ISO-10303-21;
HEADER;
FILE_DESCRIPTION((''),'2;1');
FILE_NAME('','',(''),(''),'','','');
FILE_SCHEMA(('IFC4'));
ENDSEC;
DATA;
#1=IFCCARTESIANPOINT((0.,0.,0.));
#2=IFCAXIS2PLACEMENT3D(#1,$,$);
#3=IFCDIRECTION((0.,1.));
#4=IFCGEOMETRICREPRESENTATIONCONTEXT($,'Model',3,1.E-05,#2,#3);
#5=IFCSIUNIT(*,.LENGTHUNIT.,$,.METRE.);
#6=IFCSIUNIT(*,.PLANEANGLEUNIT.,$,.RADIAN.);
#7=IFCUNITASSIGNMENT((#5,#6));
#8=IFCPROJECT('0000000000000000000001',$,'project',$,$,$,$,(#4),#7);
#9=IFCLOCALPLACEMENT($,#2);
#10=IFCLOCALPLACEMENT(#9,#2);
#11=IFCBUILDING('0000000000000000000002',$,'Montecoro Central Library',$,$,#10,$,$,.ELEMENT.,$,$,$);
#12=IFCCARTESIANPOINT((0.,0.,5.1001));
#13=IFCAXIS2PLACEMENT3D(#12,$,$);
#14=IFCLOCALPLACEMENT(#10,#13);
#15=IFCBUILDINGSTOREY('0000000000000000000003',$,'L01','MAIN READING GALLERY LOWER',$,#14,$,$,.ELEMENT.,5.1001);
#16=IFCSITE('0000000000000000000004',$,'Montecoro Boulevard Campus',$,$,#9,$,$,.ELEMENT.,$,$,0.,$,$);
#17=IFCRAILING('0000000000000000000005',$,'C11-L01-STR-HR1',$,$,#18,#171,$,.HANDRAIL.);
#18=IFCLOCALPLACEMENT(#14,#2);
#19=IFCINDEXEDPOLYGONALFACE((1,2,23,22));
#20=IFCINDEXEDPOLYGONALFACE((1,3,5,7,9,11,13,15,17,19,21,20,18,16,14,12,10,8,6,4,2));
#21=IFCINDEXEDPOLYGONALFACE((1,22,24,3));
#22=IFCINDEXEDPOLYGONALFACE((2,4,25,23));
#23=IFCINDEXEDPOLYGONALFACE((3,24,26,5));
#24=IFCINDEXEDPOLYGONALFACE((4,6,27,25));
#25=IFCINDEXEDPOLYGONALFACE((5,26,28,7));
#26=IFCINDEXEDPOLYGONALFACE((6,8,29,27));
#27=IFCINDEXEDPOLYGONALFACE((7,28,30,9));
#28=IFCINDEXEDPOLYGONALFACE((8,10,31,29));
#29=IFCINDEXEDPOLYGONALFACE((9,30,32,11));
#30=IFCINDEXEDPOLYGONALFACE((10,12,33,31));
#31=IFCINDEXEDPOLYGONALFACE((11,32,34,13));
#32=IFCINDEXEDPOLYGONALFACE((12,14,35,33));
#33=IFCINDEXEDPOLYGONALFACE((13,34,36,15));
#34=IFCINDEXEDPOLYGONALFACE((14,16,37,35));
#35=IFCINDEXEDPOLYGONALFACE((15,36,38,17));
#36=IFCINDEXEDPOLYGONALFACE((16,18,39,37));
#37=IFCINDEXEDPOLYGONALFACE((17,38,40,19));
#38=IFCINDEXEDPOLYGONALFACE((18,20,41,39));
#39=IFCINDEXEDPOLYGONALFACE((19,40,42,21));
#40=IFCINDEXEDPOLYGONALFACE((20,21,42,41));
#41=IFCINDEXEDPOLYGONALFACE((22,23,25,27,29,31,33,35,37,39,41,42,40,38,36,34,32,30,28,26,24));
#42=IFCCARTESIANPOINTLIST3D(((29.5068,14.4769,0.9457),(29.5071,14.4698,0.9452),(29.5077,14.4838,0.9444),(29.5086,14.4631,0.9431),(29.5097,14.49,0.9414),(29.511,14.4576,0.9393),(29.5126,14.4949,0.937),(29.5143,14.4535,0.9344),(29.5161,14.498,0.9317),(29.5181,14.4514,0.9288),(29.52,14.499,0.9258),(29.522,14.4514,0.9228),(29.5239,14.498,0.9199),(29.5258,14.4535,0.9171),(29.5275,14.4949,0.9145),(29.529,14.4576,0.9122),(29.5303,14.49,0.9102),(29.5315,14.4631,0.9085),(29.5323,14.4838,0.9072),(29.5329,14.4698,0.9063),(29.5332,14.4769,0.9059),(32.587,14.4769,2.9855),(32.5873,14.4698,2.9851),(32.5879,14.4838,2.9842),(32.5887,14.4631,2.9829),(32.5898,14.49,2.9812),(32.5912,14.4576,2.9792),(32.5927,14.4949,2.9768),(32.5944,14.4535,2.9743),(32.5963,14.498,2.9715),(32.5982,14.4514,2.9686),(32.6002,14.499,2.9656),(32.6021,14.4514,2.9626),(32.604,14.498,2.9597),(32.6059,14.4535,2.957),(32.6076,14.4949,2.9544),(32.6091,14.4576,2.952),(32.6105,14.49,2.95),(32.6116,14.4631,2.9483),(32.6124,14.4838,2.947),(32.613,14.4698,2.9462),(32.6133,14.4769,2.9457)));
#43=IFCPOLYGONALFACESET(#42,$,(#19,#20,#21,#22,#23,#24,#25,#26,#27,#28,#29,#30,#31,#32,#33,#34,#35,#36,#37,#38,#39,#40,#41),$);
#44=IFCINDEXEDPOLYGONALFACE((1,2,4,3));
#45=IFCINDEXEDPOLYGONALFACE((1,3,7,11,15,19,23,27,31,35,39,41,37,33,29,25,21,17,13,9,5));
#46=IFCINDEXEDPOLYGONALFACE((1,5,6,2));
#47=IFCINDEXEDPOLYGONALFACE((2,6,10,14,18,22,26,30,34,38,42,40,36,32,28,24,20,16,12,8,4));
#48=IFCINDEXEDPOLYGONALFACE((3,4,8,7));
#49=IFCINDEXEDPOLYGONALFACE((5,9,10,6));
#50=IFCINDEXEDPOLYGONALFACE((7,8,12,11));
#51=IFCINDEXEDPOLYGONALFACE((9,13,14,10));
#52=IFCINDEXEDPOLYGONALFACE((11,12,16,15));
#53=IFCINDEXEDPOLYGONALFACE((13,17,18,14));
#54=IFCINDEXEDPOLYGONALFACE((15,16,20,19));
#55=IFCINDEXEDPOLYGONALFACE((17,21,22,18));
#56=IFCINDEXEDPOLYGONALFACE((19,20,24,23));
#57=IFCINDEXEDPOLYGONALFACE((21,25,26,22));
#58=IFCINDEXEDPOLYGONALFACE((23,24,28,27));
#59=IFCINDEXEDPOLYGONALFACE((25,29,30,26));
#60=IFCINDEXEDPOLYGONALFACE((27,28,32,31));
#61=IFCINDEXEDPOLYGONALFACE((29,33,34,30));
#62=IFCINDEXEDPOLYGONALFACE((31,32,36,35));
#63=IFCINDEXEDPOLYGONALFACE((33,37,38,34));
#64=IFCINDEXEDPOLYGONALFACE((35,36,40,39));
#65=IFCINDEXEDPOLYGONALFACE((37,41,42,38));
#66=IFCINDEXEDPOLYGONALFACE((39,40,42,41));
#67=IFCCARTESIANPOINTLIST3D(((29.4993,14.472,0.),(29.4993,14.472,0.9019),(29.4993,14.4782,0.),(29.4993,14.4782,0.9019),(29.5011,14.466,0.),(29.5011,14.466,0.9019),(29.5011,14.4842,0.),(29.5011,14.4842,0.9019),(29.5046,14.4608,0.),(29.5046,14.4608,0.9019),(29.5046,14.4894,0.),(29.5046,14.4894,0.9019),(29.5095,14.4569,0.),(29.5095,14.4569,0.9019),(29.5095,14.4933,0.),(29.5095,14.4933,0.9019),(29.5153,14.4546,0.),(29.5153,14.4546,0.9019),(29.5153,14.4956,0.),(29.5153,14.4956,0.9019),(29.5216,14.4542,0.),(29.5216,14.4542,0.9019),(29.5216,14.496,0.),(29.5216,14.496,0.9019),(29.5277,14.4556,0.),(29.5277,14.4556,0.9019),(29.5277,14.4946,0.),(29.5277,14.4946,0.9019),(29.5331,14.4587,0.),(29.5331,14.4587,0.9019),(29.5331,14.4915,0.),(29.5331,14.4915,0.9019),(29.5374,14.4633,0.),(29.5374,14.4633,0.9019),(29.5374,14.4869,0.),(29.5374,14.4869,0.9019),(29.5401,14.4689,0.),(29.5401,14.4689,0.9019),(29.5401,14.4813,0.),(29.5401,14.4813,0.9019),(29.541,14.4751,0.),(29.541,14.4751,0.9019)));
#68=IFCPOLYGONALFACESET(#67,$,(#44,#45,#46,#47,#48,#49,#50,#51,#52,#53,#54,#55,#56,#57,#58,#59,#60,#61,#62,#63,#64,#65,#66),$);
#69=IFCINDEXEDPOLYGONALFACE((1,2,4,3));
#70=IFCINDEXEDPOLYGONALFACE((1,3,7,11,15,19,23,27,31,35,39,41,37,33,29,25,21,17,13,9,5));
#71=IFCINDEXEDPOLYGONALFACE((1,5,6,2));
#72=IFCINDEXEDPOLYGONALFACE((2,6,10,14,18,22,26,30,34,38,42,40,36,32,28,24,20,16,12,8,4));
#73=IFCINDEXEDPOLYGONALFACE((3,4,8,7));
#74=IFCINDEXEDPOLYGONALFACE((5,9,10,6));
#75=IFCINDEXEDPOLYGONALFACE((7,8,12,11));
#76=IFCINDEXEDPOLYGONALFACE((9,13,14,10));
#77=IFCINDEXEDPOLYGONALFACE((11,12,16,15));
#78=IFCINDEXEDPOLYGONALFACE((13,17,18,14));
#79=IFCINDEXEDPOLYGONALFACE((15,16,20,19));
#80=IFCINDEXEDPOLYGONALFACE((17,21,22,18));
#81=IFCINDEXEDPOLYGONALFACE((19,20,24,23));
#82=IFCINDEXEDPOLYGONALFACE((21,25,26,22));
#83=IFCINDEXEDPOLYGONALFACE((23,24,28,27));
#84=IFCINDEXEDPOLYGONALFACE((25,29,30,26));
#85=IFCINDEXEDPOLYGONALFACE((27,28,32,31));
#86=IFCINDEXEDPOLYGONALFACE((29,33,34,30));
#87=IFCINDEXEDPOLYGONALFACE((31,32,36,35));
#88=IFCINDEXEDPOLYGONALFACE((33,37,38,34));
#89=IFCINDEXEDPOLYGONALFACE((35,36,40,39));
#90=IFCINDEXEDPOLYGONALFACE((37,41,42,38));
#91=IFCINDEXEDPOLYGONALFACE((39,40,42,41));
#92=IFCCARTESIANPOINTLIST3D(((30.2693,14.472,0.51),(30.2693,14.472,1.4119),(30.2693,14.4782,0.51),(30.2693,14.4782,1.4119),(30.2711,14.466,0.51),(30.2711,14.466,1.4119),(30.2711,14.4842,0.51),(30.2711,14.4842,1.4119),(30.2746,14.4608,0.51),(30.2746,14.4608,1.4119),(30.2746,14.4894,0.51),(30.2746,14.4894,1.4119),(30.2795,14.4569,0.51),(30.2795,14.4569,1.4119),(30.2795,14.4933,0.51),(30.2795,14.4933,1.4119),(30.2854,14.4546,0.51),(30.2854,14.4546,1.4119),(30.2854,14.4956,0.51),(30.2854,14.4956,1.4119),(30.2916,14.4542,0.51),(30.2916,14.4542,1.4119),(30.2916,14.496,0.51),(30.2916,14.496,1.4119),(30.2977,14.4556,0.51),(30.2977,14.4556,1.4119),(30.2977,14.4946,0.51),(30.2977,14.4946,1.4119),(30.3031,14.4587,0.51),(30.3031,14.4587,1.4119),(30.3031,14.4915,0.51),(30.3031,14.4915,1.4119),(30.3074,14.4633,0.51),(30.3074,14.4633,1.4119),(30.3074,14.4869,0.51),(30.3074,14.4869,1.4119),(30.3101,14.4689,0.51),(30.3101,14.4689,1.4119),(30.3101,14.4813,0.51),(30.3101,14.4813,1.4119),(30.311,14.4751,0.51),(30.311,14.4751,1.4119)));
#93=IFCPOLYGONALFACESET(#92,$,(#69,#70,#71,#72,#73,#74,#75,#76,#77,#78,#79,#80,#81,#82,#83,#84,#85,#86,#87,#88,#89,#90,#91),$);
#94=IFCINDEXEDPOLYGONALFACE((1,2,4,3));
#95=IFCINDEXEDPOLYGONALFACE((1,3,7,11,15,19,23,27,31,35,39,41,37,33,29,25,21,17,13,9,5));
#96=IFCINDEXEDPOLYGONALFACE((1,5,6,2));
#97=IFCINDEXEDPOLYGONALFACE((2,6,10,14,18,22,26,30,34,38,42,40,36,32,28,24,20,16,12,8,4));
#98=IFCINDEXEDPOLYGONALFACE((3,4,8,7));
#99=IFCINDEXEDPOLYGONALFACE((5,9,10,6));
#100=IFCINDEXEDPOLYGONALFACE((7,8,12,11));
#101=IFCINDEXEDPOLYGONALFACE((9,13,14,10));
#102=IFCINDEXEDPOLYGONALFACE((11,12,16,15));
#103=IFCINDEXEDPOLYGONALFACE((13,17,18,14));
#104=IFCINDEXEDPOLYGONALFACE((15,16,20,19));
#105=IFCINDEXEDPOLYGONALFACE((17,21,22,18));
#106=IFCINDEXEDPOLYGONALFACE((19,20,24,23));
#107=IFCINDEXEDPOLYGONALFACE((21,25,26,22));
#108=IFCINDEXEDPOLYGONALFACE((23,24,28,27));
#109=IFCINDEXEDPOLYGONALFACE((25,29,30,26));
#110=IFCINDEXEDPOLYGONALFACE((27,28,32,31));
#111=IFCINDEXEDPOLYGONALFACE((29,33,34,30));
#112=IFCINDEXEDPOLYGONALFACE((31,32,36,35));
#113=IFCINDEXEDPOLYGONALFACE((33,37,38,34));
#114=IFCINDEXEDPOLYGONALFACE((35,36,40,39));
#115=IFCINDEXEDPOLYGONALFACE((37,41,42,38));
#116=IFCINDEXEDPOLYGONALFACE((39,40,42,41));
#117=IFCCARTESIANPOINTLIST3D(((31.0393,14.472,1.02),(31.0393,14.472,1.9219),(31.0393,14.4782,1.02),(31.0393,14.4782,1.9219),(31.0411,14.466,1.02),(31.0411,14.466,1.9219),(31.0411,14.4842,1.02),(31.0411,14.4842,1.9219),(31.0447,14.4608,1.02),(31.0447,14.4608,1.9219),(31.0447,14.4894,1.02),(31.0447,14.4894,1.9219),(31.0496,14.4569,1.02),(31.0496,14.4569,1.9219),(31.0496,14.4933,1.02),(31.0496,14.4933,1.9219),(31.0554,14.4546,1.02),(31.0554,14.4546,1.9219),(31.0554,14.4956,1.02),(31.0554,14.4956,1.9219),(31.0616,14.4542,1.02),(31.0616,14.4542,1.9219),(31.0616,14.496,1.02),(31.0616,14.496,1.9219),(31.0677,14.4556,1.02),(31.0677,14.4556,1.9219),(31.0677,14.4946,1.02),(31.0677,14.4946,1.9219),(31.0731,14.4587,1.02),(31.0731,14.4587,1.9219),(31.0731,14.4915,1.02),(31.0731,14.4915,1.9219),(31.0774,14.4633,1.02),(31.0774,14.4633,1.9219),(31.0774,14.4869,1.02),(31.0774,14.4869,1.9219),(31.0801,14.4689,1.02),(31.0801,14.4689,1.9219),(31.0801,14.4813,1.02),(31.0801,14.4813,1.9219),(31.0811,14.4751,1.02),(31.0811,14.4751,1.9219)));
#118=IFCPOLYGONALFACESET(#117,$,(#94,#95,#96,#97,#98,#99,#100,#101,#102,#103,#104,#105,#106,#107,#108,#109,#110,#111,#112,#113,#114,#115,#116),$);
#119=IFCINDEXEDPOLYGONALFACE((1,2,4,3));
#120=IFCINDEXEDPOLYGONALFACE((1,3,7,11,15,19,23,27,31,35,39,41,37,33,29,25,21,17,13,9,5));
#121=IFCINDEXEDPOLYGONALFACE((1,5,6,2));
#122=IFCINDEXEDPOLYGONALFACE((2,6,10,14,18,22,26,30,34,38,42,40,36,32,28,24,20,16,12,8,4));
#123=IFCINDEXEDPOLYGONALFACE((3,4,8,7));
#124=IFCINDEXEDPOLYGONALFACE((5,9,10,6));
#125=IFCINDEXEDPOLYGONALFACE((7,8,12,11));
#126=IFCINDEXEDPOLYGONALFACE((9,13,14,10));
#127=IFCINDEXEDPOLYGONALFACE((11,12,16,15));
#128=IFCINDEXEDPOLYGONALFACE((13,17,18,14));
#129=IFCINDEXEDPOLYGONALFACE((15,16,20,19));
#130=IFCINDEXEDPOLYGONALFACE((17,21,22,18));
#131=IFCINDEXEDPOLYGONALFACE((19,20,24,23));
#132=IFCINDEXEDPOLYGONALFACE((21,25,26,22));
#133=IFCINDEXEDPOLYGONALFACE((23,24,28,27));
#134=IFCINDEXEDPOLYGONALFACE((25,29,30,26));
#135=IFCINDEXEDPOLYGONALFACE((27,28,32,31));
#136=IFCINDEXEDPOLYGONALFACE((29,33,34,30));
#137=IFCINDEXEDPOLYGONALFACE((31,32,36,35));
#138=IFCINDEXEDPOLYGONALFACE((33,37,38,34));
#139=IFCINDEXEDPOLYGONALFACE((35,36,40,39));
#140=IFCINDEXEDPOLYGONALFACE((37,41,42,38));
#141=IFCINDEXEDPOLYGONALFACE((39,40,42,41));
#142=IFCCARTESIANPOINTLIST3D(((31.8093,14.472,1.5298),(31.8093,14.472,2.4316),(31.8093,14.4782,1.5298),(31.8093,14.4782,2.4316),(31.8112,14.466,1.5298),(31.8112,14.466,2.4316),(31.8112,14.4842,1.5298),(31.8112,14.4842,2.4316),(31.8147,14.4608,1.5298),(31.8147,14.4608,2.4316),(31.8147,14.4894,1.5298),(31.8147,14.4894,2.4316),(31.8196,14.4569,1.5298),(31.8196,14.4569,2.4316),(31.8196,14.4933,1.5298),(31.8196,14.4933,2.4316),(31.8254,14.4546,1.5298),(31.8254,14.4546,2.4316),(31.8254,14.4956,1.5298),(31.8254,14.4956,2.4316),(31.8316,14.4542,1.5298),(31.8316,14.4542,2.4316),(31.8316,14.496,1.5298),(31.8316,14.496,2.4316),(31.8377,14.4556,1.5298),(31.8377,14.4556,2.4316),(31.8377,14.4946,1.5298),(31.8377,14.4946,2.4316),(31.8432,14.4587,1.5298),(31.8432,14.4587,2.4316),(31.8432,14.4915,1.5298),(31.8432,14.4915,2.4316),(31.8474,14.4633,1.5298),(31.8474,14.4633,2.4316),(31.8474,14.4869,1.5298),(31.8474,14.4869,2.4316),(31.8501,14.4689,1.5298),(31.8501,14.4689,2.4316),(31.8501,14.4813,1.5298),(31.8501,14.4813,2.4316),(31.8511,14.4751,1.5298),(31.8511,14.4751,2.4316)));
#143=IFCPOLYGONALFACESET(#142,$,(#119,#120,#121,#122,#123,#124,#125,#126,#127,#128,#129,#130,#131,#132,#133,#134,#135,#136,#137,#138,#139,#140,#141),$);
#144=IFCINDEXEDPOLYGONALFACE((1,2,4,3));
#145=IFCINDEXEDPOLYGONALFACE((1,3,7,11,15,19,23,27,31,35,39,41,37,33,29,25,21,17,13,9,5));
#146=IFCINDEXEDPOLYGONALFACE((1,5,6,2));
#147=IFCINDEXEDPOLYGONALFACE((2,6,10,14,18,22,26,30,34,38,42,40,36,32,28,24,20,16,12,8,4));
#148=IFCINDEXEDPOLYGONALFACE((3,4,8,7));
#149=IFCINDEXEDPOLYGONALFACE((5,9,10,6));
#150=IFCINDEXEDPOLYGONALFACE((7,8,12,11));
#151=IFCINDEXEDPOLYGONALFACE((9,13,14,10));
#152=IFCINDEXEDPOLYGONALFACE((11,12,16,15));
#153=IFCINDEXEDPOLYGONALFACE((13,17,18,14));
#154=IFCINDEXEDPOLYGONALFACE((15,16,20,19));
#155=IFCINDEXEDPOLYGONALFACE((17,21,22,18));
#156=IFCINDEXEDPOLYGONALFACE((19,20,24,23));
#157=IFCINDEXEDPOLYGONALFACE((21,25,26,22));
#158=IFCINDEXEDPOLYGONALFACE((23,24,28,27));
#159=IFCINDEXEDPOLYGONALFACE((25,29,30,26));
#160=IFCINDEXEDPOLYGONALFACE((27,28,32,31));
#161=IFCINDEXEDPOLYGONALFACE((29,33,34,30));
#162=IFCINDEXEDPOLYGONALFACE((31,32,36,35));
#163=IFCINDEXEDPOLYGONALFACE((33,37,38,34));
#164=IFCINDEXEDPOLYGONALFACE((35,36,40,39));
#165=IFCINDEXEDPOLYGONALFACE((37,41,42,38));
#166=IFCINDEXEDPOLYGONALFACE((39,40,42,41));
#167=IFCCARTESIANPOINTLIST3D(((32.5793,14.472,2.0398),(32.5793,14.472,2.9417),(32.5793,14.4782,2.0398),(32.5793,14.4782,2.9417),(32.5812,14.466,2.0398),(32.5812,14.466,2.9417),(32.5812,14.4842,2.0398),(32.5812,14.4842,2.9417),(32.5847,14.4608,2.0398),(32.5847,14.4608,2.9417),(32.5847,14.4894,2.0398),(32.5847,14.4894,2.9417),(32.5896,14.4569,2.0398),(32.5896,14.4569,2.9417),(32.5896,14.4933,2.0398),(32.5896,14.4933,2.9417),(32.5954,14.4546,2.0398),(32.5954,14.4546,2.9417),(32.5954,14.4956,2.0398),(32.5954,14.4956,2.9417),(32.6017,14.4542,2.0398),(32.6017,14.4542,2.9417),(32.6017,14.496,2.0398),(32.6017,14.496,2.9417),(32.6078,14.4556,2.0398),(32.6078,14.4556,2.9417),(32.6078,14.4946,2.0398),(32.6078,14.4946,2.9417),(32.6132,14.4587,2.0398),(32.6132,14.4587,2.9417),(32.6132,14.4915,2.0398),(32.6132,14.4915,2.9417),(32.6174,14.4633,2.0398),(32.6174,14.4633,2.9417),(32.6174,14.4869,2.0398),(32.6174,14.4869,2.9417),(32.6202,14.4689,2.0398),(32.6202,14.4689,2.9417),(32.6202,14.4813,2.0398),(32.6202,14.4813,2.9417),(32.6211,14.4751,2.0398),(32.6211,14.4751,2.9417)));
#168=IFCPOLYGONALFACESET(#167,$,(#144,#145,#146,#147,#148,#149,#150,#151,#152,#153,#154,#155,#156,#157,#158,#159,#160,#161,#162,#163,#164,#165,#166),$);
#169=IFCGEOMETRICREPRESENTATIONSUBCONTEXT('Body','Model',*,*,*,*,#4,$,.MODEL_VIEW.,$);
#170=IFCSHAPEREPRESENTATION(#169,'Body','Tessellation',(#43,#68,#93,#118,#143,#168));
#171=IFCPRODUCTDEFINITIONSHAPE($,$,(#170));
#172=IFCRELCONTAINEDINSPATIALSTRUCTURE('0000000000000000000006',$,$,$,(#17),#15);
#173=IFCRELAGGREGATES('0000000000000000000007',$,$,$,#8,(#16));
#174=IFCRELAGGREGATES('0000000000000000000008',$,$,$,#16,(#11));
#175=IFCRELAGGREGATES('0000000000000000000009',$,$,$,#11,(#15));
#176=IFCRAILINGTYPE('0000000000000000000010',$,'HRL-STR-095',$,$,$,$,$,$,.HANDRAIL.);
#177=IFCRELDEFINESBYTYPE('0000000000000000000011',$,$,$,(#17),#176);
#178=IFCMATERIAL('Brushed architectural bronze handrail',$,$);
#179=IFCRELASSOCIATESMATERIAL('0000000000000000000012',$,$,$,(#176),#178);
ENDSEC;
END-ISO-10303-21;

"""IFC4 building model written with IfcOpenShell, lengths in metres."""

from ifc_helpers import new_model, si_unit, direction, frame, origin, origin_2d, place, context, subcontext, project, spatial, circle, extrude, material, type_object, element, save


model = new_model("IFC4")

# Units and contexts
model_context = context("Model", 3, precision=1e-05, world=origin(), true_north=direction((0.0, 1.0)))
body_context = subcontext(model_context, "Body", "Model", "MODEL_VIEW")
ifc_project = project(units=[si_unit("LENGTHUNIT", "METRE"), si_unit("PLANEANGLEUNIT", "RADIAN")], contexts=[model_context])

# Site, building, storey
site_placement = place(None, origin())
site = spatial("IfcSite", under=ifc_project, at=site_placement, Name="Montecoro Boulevard Campus", CompositionType="ELEMENT", RefElevation=0.0)
building_placement = place(site_placement, origin())
building = spatial("IfcBuilding", under=site, at=building_placement, Name="Montecoro Central Library", CompositionType="ELEMENT")
storey_placement = place(building_placement, frame((0.0, 0.0, 5.1001)))
storey = spatial("IfcBuildingStorey", under=building, at=storey_placement, Name="L01", Description="MAIN READING GALLERY LOWER", CompositionType="ELEMENT", Elevation=5.1001)

# Railing
ifc_material_1 = material(Name="Brushed architectural bronze handrail")
railing_type_1 = type_object("IfcRailingType", Name="HRL-STR-095", PredefinedType="HANDRAIL", material=ifc_material_1)
railing_1_placement = place(storey_placement, frame((29.52, 14.4751, 0.0)))
element("IfcRailing", 1, at=railing_1_placement, inside=storey, type_object=railing_type_1, Name="C11-L01-STR-HR1", PredefinedType="HANDRAIL", context=body_context, shape_type="SweptSolid", body=[
    extrude(circle(Radius=0.0239, at=origin_2d()), frame((0.0, 0.0, 0.9258), z_axis=(0.833744, 0.0, 0.552151), x_axis=(0.0, 1.0, 0.0)), (0.0, 0.0, 1.0), 3.6943),
    extrude(circle(Radius=0.021, at=origin_2d()), origin(), (0.0, 0.0, 1.0), 0.9019),
    extrude(circle(Radius=0.021, at=origin_2d()), frame((0.77, 0.0, 0.51)), (0.0, 0.0, 1.0), 0.9019),
    extrude(circle(Radius=0.021, at=origin_2d()), frame((1.54, 0.0, 1.02)), (0.0, 0.0, 1.0), 0.9019),
    extrude(circle(Radius=0.021, at=origin_2d()), frame((2.3101, 0.0, 1.5298)), (0.0, 0.0, 1.0), 0.9019),
    extrude(circle(Radius=0.021, at=origin_2d()), frame((3.0801, 0.0, 2.0398)), (0.0, 0.0, 1.0), 0.9019),
])

save(model, "model.ifc")
